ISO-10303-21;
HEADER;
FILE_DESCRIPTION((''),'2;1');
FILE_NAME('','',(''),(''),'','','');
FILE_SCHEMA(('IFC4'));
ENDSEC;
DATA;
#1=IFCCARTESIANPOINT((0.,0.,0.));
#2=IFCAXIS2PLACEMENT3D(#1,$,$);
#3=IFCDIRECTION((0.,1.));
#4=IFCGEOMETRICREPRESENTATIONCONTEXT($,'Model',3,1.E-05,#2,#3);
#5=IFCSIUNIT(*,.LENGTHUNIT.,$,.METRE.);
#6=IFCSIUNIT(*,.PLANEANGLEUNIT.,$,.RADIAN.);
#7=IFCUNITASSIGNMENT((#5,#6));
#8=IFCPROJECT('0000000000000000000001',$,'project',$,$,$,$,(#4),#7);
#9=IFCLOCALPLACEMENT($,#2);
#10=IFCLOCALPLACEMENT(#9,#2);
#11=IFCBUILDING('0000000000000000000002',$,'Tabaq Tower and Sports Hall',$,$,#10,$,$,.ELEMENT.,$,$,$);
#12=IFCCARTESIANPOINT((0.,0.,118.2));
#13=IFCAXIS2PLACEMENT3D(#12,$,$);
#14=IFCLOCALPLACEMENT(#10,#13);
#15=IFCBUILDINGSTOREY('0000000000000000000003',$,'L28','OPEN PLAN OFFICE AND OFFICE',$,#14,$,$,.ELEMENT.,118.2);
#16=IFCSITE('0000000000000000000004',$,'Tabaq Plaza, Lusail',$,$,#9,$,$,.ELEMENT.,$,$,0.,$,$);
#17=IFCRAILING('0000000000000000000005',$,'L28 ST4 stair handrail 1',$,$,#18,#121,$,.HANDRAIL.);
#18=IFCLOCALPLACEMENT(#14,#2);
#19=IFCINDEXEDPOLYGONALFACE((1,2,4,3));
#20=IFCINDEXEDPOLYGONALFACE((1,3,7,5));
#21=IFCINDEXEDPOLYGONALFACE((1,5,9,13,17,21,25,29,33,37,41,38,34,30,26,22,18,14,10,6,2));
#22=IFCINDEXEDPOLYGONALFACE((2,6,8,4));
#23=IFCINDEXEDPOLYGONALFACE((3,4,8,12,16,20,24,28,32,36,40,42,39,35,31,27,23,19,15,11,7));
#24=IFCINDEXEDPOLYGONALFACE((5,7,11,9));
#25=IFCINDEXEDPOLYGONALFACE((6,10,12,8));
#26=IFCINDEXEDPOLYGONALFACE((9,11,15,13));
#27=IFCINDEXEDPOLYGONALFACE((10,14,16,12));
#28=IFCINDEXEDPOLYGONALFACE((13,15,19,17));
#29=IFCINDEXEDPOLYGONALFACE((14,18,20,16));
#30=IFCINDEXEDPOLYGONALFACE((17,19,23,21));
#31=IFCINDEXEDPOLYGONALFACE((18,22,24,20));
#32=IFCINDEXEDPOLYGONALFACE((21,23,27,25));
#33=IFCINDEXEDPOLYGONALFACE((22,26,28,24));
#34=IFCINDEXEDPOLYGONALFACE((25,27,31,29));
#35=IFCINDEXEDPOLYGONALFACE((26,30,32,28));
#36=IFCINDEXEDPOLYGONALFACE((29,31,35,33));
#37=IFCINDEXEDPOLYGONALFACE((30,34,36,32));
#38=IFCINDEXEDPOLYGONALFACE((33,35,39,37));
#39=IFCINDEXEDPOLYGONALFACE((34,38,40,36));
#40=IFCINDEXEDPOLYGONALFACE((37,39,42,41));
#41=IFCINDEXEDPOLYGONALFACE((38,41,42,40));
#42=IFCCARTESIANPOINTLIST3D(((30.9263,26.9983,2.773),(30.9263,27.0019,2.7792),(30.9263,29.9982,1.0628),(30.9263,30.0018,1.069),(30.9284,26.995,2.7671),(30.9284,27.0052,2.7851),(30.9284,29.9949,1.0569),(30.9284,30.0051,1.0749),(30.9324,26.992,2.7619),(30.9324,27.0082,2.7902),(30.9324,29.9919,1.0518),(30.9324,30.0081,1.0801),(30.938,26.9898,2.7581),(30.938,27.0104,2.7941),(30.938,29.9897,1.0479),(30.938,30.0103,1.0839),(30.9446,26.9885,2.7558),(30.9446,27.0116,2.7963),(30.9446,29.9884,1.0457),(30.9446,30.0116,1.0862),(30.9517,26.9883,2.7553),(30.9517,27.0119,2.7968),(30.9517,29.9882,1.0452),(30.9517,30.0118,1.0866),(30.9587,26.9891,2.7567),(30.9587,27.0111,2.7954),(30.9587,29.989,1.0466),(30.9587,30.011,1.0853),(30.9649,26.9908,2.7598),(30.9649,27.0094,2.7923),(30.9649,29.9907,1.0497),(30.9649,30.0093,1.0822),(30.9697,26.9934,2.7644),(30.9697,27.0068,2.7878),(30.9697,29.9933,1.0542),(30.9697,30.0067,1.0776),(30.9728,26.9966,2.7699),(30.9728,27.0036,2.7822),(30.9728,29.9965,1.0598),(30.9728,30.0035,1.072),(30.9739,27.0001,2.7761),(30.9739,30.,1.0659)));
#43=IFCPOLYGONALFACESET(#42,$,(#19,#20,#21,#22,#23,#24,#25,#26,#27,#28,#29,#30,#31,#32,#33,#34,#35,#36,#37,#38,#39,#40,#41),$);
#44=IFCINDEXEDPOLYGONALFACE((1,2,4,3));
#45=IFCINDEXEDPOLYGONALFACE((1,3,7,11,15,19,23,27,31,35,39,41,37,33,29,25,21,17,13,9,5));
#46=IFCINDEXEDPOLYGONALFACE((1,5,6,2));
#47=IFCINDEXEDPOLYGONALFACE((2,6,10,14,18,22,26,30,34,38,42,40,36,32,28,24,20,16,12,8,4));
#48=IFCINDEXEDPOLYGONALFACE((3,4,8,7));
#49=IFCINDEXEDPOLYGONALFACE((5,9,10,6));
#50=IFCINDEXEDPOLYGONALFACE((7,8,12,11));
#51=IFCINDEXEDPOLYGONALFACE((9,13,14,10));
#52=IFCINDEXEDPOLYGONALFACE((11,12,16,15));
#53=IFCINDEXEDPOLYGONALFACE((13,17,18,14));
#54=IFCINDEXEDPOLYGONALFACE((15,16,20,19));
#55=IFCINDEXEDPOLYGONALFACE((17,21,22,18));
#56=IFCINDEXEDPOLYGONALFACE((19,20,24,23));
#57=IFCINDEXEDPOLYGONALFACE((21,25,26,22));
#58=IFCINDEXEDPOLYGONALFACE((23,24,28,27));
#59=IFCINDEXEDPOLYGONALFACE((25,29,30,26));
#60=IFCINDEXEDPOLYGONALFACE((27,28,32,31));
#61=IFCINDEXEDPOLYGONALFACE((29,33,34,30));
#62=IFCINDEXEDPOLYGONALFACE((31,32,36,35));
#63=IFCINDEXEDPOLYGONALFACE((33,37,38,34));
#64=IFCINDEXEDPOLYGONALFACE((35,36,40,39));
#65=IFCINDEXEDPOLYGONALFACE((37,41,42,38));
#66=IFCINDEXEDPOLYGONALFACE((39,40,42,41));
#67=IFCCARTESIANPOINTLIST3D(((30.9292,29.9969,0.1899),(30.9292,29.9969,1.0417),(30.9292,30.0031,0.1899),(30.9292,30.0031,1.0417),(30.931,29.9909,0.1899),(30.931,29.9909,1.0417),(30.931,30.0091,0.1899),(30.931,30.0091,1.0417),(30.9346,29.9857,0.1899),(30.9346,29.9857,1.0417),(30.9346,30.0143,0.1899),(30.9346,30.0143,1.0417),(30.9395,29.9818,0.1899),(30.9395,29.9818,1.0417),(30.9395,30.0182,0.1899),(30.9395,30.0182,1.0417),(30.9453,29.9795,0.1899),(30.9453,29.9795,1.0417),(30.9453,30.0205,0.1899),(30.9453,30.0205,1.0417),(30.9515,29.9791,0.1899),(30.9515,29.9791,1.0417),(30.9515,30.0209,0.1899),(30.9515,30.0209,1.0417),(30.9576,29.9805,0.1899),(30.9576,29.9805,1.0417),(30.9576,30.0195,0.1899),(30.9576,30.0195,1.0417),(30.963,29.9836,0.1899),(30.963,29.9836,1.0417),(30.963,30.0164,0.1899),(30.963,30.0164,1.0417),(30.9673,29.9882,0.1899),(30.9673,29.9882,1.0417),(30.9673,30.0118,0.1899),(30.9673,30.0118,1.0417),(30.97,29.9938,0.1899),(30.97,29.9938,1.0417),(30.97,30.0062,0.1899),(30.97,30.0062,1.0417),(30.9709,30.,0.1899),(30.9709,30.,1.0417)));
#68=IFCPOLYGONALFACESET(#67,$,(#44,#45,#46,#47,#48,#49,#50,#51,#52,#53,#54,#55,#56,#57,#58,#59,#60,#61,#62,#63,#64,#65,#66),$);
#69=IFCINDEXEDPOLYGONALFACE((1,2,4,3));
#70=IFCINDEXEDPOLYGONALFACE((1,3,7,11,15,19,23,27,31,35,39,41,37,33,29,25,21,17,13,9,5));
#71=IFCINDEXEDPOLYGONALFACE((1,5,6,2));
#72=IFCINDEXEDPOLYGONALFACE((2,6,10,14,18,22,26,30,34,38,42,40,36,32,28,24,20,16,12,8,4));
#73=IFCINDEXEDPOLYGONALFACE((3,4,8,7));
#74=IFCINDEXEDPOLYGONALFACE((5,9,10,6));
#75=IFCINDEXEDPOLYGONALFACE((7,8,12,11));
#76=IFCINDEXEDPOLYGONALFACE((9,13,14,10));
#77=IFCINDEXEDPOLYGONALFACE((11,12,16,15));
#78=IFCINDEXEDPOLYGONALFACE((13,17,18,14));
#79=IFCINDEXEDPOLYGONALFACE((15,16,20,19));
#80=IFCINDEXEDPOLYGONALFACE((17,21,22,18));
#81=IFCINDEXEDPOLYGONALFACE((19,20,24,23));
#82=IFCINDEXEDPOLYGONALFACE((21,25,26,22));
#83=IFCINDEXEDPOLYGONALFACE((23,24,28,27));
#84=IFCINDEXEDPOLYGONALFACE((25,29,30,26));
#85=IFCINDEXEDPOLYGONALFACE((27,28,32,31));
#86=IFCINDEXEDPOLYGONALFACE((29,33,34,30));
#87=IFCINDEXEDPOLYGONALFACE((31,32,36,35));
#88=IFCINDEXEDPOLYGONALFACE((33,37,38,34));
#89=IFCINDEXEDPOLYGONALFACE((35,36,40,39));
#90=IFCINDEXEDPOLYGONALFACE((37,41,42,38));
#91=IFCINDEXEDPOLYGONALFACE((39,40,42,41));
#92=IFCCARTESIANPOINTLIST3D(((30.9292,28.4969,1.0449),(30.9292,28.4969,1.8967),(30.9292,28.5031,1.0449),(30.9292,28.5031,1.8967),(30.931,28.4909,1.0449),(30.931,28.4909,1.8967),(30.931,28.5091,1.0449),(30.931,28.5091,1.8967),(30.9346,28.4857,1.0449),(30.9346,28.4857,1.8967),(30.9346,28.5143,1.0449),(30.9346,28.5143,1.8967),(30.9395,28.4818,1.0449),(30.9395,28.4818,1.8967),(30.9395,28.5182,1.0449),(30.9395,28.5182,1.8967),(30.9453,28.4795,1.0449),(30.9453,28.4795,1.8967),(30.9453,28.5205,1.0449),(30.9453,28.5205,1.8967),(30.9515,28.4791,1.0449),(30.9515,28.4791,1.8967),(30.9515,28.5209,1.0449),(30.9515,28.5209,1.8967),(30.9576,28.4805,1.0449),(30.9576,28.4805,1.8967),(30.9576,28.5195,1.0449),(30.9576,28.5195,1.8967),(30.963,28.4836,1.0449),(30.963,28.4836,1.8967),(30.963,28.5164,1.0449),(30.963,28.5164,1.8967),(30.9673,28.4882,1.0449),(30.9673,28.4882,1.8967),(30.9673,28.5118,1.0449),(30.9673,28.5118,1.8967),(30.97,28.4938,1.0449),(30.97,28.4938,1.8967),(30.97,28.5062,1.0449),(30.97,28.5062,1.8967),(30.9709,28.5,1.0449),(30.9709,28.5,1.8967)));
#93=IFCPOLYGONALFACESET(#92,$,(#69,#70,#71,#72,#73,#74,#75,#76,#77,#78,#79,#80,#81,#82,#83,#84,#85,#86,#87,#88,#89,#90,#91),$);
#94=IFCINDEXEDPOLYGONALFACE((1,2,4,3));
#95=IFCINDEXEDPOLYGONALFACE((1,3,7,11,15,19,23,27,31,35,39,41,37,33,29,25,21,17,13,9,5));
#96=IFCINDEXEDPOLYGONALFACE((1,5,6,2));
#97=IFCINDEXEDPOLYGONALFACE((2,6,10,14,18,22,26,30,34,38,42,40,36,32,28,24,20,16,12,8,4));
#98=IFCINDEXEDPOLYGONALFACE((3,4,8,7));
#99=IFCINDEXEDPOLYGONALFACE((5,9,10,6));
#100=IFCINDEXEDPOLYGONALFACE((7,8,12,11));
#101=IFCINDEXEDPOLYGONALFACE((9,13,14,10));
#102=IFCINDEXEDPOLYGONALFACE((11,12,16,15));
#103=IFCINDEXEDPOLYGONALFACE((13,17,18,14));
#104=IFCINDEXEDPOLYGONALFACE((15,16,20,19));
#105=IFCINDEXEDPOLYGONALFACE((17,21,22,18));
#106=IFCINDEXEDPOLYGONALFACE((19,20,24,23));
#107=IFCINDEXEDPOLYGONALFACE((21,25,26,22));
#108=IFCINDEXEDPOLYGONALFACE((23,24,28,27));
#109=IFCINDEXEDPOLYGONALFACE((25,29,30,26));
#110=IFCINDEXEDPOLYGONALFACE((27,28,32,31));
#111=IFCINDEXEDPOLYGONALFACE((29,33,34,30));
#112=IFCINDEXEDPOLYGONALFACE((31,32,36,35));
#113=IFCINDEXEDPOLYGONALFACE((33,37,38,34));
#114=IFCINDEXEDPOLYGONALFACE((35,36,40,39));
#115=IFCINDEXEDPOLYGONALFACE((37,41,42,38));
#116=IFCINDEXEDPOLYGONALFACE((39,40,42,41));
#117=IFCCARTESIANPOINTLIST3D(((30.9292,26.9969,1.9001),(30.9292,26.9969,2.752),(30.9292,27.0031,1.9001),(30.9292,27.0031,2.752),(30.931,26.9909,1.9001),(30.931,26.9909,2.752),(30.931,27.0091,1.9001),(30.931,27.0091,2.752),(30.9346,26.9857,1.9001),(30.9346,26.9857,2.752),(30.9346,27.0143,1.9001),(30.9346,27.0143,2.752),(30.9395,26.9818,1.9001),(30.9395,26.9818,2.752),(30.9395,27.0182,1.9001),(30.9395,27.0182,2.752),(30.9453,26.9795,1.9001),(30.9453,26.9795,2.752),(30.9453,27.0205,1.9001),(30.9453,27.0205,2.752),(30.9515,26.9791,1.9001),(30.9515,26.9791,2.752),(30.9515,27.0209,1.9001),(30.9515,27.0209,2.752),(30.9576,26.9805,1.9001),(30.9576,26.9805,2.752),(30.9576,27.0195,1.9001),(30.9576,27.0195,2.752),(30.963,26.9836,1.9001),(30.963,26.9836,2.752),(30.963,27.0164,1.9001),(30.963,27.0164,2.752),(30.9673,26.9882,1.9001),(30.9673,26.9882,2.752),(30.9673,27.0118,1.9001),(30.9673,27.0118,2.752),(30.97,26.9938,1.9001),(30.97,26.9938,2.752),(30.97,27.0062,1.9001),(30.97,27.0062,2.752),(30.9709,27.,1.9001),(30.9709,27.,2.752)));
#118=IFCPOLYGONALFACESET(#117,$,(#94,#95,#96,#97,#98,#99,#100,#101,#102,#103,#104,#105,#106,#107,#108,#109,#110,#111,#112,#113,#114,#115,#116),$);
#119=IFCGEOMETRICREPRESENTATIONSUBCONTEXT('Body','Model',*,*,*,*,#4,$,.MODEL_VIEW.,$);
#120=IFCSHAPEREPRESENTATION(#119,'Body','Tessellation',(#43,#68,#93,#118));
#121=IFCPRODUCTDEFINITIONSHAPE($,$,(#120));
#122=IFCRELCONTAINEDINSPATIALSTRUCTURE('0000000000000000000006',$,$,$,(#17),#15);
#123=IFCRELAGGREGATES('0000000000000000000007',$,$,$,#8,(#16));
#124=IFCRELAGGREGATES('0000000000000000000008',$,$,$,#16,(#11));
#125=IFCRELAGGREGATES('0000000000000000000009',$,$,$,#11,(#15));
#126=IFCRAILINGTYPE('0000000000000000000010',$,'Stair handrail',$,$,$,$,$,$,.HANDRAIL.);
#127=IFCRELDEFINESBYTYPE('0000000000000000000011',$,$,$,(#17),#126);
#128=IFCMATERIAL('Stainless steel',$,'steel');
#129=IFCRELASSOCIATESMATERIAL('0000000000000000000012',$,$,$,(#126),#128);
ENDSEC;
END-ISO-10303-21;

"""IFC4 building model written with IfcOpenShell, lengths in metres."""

from ifc_helpers import new_model, si_unit, direction, frame, origin, origin_2d, place, context, subcontext, project, spatial, circle, extrude, material, type_object, element, save


model = new_model("IFC4")

# Units and contexts
model_context = context("Model", 3, precision=1e-05, world=origin(), true_north=direction((0.0, 1.0)))
body_context = subcontext(model_context, "Body", "Model", "MODEL_VIEW")
ifc_project = project(units=[si_unit("LENGTHUNIT", "METRE"), si_unit("PLANEANGLEUNIT", "RADIAN")], contexts=[model_context])

# Site, building, storey
site_placement = place(None, origin())
site = spatial("IfcSite", under=ifc_project, at=site_placement, Name="Tabaq Plaza, Lusail", CompositionType="ELEMENT", RefElevation=0.0)
building_placement = place(site_placement, origin())
building = spatial("IfcBuilding", under=site, at=building_placement, Name="Tabaq Tower and Sports Hall", CompositionType="ELEMENT")
storey_placement = place(building_placement, frame((0.0, 0.0, 118.2)))
storey = spatial("IfcBuildingStorey", under=building, at=storey_placement, Name="L28", Description="OPEN PLAN OFFICE AND OFFICE", CompositionType="ELEMENT", Elevation=118.2)

# Railing
ifc_material_1 = material(Name="Stainless steel", Category="steel")
railing_type_1 = type_object("IfcRailingType", Name="Stair handrail", PredefinedType="HANDRAIL", material=ifc_material_1)
railing_1_placement = place(storey_placement, frame((30.95, 30.0, 0.1899)))
element("IfcRailing", 1, at=railing_1_placement, inside=storey, type_object=railing_type_1, Name="L28 ST4 stair handrail 1", PredefinedType="HANDRAIL", context=body_context, shape_type="SweptSolid", body=[
    extrude(circle(Radius=0.0239, at=origin_2d()), frame((0.0, 0.0, 0.876), z_axis=(0.0, -0.868752, 0.495248), x_axis=(1.0, 0.0, 0.0)), (0.0, 0.0, 1.0), 3.4531),
    extrude(circle(Radius=0.021, at=origin_2d()), origin(), (0.0, 0.0, 1.0), 0.8518),
    extrude(circle(Radius=0.021, at=origin_2d()), frame((0.0, -1.5, 0.855)), (0.0, 0.0, 1.0), 0.8518),
    extrude(circle(Radius=0.021, at=origin_2d()), frame((0.0, -3.0, 1.7102)), (0.0, 0.0, 1.0), 0.8518),
])

save(model, "model.ifc")
